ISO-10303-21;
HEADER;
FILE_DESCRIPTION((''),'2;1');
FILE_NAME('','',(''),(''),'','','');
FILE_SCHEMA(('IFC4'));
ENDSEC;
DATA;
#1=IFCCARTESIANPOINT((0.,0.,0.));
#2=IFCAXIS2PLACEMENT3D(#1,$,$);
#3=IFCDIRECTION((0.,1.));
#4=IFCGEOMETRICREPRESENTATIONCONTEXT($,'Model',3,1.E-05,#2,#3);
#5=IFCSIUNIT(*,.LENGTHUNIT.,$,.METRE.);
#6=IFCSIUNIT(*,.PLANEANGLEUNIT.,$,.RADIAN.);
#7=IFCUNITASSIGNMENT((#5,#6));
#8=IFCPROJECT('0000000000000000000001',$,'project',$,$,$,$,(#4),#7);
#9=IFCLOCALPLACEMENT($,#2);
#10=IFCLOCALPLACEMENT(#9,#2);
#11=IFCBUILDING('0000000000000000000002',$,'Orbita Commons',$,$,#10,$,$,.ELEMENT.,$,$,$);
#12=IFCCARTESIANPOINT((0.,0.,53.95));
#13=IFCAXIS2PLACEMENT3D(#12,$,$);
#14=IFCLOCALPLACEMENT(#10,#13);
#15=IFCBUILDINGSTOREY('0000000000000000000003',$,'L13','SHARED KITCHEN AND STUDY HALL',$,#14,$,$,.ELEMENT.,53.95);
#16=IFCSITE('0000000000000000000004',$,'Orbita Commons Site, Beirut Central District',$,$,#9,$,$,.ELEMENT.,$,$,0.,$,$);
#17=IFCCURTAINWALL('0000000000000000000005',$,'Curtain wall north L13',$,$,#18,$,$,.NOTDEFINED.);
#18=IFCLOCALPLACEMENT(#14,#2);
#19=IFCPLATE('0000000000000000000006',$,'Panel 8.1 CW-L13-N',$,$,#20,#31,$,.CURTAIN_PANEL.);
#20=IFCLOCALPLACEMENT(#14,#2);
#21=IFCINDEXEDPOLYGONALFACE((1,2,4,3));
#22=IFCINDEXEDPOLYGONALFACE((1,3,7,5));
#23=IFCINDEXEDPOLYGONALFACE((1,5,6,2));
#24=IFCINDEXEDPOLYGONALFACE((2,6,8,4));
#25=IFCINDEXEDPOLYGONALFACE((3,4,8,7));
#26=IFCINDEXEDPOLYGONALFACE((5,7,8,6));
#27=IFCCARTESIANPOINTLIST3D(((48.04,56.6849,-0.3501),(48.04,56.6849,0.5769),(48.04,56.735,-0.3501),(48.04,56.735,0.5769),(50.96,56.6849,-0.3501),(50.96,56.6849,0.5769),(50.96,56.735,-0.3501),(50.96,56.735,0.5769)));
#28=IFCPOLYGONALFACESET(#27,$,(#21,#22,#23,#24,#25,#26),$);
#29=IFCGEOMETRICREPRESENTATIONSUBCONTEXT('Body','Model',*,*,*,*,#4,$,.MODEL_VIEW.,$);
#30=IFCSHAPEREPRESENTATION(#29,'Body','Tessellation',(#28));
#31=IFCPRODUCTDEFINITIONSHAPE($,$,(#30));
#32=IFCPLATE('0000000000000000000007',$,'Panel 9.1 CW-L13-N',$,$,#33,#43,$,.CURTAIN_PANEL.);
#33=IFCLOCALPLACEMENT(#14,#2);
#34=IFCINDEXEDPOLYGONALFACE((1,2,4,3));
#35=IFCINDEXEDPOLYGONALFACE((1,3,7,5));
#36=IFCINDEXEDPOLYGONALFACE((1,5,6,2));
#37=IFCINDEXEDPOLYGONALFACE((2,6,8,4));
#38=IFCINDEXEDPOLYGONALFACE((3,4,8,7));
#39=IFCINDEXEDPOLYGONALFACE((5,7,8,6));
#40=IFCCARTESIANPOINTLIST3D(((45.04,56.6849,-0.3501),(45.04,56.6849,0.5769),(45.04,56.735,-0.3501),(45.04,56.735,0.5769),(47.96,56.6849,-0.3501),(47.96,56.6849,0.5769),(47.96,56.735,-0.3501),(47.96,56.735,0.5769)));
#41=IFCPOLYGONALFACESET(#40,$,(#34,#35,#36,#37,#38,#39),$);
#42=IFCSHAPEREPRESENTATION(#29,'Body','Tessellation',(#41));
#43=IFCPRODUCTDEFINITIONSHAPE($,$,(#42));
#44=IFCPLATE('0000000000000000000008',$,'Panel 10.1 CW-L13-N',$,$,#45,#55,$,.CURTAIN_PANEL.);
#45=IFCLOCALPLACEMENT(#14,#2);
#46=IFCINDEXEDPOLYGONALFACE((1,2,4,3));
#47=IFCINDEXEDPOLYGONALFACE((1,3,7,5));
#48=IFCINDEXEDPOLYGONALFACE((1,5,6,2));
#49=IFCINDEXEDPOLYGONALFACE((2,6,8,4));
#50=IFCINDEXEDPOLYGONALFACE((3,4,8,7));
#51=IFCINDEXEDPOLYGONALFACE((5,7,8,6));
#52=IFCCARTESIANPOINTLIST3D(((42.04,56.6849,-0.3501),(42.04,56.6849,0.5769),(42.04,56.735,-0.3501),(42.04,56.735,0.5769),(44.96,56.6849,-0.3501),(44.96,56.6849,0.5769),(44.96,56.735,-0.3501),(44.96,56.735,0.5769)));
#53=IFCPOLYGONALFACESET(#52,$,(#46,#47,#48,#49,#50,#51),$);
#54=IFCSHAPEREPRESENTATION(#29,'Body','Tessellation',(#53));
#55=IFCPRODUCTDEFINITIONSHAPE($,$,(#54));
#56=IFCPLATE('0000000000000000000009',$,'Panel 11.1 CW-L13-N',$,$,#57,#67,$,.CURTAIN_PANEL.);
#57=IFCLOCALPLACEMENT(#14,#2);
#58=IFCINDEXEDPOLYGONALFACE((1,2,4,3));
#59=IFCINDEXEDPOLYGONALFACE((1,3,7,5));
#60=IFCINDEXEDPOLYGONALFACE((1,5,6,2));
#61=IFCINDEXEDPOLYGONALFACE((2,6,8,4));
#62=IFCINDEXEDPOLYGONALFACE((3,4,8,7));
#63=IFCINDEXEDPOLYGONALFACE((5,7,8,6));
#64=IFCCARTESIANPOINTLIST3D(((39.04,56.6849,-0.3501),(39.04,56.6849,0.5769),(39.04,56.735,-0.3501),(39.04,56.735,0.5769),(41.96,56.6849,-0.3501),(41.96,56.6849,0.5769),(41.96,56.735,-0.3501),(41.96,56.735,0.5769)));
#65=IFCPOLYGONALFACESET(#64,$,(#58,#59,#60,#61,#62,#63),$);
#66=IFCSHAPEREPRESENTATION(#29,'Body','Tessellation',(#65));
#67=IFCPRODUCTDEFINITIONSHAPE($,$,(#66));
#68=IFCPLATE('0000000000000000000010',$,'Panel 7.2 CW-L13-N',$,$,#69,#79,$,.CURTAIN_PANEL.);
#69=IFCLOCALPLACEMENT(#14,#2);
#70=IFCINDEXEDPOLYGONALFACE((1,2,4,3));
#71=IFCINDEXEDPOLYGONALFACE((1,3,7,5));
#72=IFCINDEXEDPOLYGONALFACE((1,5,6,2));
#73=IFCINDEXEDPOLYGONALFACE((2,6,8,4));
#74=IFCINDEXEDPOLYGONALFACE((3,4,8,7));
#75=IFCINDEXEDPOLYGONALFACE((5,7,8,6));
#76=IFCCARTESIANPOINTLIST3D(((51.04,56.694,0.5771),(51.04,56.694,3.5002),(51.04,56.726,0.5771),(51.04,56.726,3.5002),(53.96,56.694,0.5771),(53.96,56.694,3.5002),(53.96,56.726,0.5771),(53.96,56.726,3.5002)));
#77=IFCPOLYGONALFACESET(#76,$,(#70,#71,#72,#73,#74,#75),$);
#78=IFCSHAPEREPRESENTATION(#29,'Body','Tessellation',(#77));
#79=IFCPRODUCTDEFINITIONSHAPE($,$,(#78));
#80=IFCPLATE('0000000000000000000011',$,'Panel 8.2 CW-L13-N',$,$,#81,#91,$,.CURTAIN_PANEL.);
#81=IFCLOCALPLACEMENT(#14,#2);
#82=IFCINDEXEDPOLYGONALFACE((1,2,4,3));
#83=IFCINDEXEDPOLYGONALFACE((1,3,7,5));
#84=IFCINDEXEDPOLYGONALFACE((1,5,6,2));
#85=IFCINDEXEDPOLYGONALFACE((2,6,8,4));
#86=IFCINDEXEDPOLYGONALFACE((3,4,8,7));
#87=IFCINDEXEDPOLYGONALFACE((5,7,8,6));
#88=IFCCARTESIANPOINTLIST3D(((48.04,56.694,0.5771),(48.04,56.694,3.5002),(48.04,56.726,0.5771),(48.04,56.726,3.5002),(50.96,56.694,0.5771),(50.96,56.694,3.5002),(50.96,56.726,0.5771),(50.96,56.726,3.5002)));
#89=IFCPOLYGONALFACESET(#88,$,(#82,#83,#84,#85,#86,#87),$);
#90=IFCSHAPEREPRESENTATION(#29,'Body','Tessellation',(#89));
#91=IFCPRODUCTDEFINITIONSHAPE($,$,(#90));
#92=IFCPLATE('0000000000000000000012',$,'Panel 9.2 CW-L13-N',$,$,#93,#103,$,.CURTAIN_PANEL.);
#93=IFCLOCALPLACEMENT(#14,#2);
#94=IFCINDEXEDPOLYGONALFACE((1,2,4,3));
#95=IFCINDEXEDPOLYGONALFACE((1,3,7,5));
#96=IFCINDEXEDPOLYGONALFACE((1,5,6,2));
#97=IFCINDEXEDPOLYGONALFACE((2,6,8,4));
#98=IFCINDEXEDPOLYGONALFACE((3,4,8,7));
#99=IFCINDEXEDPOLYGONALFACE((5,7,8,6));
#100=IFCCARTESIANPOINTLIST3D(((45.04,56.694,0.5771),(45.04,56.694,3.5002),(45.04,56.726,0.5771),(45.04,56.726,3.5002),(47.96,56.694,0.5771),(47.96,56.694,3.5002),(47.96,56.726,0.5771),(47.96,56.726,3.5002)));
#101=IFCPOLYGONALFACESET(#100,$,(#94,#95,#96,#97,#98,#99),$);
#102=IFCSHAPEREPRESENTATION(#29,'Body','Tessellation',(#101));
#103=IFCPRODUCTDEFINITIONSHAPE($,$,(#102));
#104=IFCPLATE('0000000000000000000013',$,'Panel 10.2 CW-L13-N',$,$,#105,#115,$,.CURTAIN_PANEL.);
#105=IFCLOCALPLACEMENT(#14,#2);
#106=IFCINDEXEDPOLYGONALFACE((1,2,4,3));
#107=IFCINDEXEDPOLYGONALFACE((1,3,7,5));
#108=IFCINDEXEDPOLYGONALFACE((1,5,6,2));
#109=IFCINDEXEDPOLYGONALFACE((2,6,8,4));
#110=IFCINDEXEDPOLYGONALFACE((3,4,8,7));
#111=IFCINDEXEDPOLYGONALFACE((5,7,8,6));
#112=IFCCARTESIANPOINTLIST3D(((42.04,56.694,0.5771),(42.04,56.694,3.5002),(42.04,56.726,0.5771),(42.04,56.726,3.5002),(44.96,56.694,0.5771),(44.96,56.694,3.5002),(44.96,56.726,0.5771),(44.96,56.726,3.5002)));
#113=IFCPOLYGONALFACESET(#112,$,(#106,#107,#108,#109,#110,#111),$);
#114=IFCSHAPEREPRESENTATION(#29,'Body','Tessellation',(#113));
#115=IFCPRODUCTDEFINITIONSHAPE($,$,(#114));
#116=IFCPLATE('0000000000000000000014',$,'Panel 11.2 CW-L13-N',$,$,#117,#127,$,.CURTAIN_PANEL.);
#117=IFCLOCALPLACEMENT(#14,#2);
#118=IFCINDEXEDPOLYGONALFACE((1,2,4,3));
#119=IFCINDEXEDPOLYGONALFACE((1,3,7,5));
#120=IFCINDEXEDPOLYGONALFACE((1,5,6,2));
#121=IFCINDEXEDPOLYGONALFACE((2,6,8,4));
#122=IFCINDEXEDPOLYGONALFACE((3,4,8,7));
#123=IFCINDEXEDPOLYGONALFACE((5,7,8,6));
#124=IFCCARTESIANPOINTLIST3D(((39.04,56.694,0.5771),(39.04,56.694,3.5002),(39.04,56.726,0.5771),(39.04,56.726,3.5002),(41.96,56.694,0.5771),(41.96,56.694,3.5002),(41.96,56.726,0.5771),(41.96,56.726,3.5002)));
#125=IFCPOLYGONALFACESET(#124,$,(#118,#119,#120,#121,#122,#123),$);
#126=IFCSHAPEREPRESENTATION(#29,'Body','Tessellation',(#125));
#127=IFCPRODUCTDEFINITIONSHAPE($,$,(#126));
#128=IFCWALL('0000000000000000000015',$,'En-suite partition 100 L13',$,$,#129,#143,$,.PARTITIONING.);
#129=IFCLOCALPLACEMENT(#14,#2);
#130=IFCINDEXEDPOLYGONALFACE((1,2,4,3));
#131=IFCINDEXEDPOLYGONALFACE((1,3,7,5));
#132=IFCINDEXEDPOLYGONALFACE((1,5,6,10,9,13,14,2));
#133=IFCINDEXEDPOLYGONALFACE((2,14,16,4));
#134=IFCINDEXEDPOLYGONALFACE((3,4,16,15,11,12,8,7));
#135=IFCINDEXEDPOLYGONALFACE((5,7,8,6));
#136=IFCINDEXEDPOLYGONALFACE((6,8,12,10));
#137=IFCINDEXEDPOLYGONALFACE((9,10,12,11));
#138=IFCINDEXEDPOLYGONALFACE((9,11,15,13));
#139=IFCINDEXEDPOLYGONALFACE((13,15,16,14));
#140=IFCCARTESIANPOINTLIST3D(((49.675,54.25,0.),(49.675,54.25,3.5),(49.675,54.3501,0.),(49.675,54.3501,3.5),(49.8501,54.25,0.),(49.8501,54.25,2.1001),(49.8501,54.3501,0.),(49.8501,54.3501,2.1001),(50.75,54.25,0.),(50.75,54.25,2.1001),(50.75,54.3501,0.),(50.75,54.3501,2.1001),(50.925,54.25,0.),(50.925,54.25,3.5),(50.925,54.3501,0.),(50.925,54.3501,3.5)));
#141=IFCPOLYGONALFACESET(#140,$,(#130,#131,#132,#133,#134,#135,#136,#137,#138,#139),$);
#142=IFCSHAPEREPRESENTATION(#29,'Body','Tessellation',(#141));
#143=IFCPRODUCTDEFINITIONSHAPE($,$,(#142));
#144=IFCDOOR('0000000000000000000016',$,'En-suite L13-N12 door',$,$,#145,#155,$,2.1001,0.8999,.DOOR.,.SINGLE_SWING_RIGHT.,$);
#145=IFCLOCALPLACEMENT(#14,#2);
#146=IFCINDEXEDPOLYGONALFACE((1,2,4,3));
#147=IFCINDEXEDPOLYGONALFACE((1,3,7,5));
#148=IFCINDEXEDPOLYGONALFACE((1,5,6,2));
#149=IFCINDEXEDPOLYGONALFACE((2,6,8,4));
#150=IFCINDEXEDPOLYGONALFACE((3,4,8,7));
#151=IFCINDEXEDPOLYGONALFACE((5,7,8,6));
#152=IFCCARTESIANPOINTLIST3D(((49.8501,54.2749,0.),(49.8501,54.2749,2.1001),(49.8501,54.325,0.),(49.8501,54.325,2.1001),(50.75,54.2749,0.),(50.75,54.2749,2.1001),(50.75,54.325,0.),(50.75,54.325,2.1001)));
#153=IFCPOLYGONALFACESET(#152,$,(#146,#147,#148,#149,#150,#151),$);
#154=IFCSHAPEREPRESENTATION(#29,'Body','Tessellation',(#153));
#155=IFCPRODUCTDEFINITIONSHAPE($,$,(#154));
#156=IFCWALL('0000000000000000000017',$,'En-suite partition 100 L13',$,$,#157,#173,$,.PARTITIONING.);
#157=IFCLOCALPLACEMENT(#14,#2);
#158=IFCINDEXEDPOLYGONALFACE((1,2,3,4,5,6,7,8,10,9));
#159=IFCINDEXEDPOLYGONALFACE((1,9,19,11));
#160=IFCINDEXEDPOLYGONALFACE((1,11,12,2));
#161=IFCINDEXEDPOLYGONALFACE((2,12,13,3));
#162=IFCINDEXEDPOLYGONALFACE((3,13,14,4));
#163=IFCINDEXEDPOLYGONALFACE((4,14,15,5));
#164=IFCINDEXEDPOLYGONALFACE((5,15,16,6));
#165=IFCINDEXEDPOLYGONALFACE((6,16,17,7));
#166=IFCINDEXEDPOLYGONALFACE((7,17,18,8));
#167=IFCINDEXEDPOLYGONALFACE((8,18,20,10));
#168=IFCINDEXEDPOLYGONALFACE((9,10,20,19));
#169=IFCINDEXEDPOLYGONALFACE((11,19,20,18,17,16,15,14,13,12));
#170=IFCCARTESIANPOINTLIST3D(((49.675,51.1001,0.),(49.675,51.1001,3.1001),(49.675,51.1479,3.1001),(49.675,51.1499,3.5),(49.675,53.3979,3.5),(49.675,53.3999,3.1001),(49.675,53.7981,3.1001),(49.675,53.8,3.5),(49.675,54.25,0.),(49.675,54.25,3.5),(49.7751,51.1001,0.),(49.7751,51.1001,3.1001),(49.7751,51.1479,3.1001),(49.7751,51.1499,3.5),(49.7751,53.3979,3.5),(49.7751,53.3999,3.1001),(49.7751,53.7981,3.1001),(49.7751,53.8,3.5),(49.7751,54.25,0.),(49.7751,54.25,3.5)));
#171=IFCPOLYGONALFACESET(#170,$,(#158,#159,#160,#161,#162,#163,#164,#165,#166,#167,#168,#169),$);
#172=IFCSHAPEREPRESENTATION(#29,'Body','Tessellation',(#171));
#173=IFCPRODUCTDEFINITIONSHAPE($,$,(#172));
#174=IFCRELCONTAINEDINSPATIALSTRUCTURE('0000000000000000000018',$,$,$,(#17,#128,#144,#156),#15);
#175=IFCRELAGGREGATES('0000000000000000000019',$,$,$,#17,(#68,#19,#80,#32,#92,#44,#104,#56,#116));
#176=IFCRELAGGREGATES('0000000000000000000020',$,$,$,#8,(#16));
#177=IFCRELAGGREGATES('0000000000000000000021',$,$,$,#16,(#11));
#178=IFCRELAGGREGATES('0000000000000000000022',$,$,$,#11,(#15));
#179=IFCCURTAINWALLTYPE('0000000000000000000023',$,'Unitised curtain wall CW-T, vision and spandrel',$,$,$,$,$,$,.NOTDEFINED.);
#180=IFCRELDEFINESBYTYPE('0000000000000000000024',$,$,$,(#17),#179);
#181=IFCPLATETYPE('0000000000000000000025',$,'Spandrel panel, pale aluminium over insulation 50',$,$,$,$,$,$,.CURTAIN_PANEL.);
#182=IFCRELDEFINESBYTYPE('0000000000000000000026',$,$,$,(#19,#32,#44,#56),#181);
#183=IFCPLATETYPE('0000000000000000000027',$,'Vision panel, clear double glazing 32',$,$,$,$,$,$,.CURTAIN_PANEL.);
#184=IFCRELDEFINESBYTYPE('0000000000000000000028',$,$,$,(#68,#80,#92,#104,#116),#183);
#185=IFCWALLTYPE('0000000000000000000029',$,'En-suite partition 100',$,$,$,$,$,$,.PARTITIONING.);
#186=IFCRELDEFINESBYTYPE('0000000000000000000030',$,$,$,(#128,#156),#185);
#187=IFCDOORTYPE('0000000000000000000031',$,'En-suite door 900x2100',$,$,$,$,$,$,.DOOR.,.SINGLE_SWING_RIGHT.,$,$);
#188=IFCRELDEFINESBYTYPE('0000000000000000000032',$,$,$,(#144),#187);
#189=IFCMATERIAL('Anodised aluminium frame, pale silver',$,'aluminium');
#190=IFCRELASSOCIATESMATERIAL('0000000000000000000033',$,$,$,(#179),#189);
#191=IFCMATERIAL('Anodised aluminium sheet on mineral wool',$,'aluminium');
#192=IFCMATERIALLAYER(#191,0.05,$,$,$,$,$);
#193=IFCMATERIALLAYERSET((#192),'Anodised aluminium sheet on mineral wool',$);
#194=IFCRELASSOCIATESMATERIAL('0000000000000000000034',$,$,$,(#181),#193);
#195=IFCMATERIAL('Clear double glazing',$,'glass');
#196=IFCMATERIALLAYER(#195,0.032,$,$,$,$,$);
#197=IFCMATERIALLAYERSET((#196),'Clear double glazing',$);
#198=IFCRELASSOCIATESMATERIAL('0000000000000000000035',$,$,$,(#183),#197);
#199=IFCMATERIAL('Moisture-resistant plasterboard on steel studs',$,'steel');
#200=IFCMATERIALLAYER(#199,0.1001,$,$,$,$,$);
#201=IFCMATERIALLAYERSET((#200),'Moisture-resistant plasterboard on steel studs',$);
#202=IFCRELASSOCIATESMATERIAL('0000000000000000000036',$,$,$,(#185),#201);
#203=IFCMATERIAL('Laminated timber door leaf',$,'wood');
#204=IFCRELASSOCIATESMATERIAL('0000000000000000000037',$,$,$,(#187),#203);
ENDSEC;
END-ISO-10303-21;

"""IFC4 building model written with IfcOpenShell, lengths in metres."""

from ifc_helpers import new_model, si_unit, direction, frame, frame_2d, origin, origin_2d, place, context, subcontext, project, spatial, polyline, rectangle, outline, extrude, material, layer, layer_set, type_object, element, fill, aggregate, save


model = new_model("IFC4")

# Units and contexts
model_context = context("Model", 3, precision=1e-05, world=origin(), true_north=direction((0.0, 1.0)))
body_context = subcontext(model_context, "Body", "Model", "MODEL_VIEW")
ifc_project = project(units=[si_unit("LENGTHUNIT", "METRE"), si_unit("PLANEANGLEUNIT", "RADIAN")], contexts=[model_context])

# Site, building, storey
site_placement = place(None, origin())
site = spatial("IfcSite", under=ifc_project, at=site_placement, Name="Orbita Commons Site, Beirut Central District", CompositionType="ELEMENT", RefElevation=0.0)
building_placement = place(site_placement, origin())
building = spatial("IfcBuilding", under=site, at=building_placement, Name="Orbita Commons", CompositionType="ELEMENT")
storey_placement = place(building_placement, frame((0.0, 0.0, 53.95)))
storey = spatial("IfcBuildingStorey", under=building, at=storey_placement, Name="L13", Description="SHARED KITCHEN AND STUDY HALL", CompositionType="ELEMENT", Elevation=53.95)

# Curtain wall, plates
ifc_material_1 = material(Name="Anodised aluminium frame, pale silver", Category="aluminium")
curtain_wall_type = type_object("IfcCurtainWallType", Name="Unitised curtain wall CW-T, vision and spandrel", PredefinedType="NOTDEFINED", material=ifc_material_1)
curtain_wall_placement = place(storey_placement, origin())
curtain_wall = element("IfcCurtainWall", 1, at=curtain_wall_placement, inside=storey, type_object=curtain_wall_type, Name="Curtain wall north L13", PredefinedType="NOTDEFINED")
ifc_material_2 = material(Name="Anodised aluminium sheet on mineral wool", Category="aluminium")
ifc_layer_1 = layer(ifc_material_2, 0.05)
ifc_layer_set_1 = layer_set([ifc_layer_1], Name="Anodised aluminium sheet on mineral wool")
plate_type_1 = type_object("IfcPlateType", Name="Spandrel panel, pale aluminium over insulation 50", PredefinedType="CURTAIN_PANEL", material=ifc_layer_set_1)
plate_1_placement = place(storey_placement, frame((49.5, 56.71, -0.3501), z_axis=(0.0, 0.0, 1.0), x_axis=(-1.0, 0.0, 0.0)))
plate_1 = element("IfcPlate", 2, at=plate_1_placement, type_object=plate_type_1, Name="Panel 8.1 CW-L13-N", PredefinedType="CURTAIN_PANEL", context=body_context, shape_type="SweptSolid", body=[
    extrude(rectangle(XDim=2.9199, YDim=0.05, at=origin_2d()), origin(), (0.0, 0.0, 1.0), 0.927),
])
plate_2_placement = place(storey_placement, frame((46.5, 56.71, -0.3501), z_axis=(0.0, 0.0, 1.0), x_axis=(-1.0, 0.0, 0.0)))
plate_2 = element("IfcPlate", 3, at=plate_2_placement, type_object=plate_type_1, Name="Panel 9.1 CW-L13-N", PredefinedType="CURTAIN_PANEL", context=body_context, shape_type="SweptSolid", body=[
    extrude(rectangle(XDim=2.9199, YDim=0.05, at=origin_2d()), origin(), (0.0, 0.0, 1.0), 0.927),
])
plate_3_placement = place(storey_placement, frame((43.5, 56.71, -0.3501), z_axis=(0.0, 0.0, 1.0), x_axis=(-1.0, 0.0, 0.0)))
plate_3 = element("IfcPlate", 4, at=plate_3_placement, type_object=plate_type_1, Name="Panel 10.1 CW-L13-N", PredefinedType="CURTAIN_PANEL", context=body_context, shape_type="SweptSolid", body=[
    extrude(rectangle(XDim=2.9199, YDim=0.05, at=origin_2d()), origin(), (0.0, 0.0, 1.0), 0.927),
])
plate_4_placement = place(storey_placement, frame((40.5, 56.71, -0.3501), z_axis=(0.0, 0.0, 1.0), x_axis=(-1.0, 0.0, 0.0)))
plate_4 = element("IfcPlate", 5, at=plate_4_placement, type_object=plate_type_1, Name="Panel 11.1 CW-L13-N", PredefinedType="CURTAIN_PANEL", context=body_context, shape_type="SweptSolid", body=[
    extrude(rectangle(XDim=2.9199, YDim=0.05, at=origin_2d()), origin(), (0.0, 0.0, 1.0), 0.927),
])
ifc_material_3 = material(Name="Clear double glazing", Category="glass")
ifc_layer_2 = layer(ifc_material_3, 0.032)
ifc_layer_set_2 = layer_set([ifc_layer_2], Name="Clear double glazing")
plate_type_2 = type_object("IfcPlateType", Name="Vision panel, clear double glazing 32", PredefinedType="CURTAIN_PANEL", material=ifc_layer_set_2)
plate_5_placement = place(storey_placement, frame((52.5, 56.71, 0.5771), z_axis=(0.0, 0.0, 1.0), x_axis=(-1.0, 0.0, 0.0)))
plate_5 = element("IfcPlate", 6, at=plate_5_placement, type_object=plate_type_2, Name="Panel 7.2 CW-L13-N", PredefinedType="CURTAIN_PANEL", context=body_context, shape_type="SweptSolid", body=[
    extrude(rectangle(XDim=2.9199, YDim=0.032, at=origin_2d()), origin(), (0.0, 0.0, 1.0), 2.9231),
])
plate_6_placement = place(storey_placement, frame((49.5, 56.71, 0.5771), z_axis=(0.0, 0.0, 1.0), x_axis=(-1.0, 0.0, 0.0)))
plate_6 = element("IfcPlate", 7, at=plate_6_placement, type_object=plate_type_2, Name="Panel 8.2 CW-L13-N", PredefinedType="CURTAIN_PANEL", context=body_context, shape_type="SweptSolid", body=[
    extrude(rectangle(XDim=2.9199, YDim=0.032, at=origin_2d()), origin(), (0.0, 0.0, 1.0), 2.9231),
])
plate_7_placement = place(storey_placement, frame((46.5, 56.71, 0.5771), z_axis=(0.0, 0.0, 1.0), x_axis=(-1.0, 0.0, 0.0)))
plate_7 = element("IfcPlate", 8, at=plate_7_placement, type_object=plate_type_2, Name="Panel 9.2 CW-L13-N", PredefinedType="CURTAIN_PANEL", context=body_context, shape_type="SweptSolid", body=[
    extrude(rectangle(XDim=2.9199, YDim=0.032, at=origin_2d()), origin(), (0.0, 0.0, 1.0), 2.9231),
])
plate_8_placement = place(storey_placement, frame((43.5, 56.71, 0.5771), z_axis=(0.0, 0.0, 1.0), x_axis=(-1.0, 0.0, 0.0)))
plate_8 = element("IfcPlate", 9, at=plate_8_placement, type_object=plate_type_2, Name="Panel 10.2 CW-L13-N", PredefinedType="CURTAIN_PANEL", context=body_context, shape_type="SweptSolid", body=[
    extrude(rectangle(XDim=2.9199, YDim=0.032, at=origin_2d()), origin(), (0.0, 0.0, 1.0), 2.9231),
])
plate_9_placement = place(storey_placement, frame((40.5, 56.71, 0.5771), z_axis=(0.0, 0.0, 1.0), x_axis=(-1.0, 0.0, 0.0)))
plate_9 = element("IfcPlate", 10, at=plate_9_placement, type_object=plate_type_2, Name="Panel 11.2 CW-L13-N", PredefinedType="CURTAIN_PANEL", context=body_context, shape_type="SweptSolid", body=[
    extrude(rectangle(XDim=2.9199, YDim=0.032, at=origin_2d()), origin(), (0.0, 0.0, 1.0), 2.9231),
])
aggregate(curtain_wall, [plate_5, plate_1, plate_6, plate_2, plate_7, plate_3, plate_8, plate_4, plate_9])

# Wall, opening, door
ifc_material_4 = material(Name="Moisture-resistant plasterboard on steel studs", Category="steel")
ifc_layer_3 = layer(ifc_material_4, 0.1001)
ifc_layer_set_3 = layer_set([ifc_layer_3], Name="Moisture-resistant plasterboard on steel studs")
wall_type_1 = type_object("IfcWallType", Name="En-suite partition 100", PredefinedType="PARTITIONING", material=ifc_layer_set_3)
wall_1_placement = place(storey_placement, frame((49.675, 54.3, 0.0), z_axis=(0.0, 0.0, 1.0), x_axis=(1.0, 0.0, 0.0)))
wall_1 = element("IfcWall", 11, at=wall_1_placement, inside=storey, type_object=wall_type_1, Name="En-suite partition 100 L13", PredefinedType="PARTITIONING", context=body_context, shape_type="SweptSolid", body=[
    extrude(rectangle(XDim=1.25, YDim=0.1001, at=frame_2d((0.625, 0.0))), origin(), (0.0, 0.0, 1.0), 3.5),
])
opening_1_placement = place(wall_1_placement, frame((0.175, 0.0, 0.0)))
opening_1 = element("IfcOpeningElement", 12, at=opening_1_placement, cuts=wall_1, PredefinedType="OPENING", context=body_context, shape_type="SweptSolid", body=[
    extrude(rectangle(XDim=0.8999, YDim=2.1001, at=frame_2d((0.45, 1.05))), frame((0.0, 0.0601, 0.0), z_axis=(0.0, -1.0, 0.0), x_axis=(1.0, 0.0, 0.0)), (0.0, 0.0, 1.0), 0.1201),
])
ifc_material_5 = material(Name="Laminated timber door leaf", Category="wood")
door_type = type_object("IfcDoorType", Name="En-suite door 900x2100", OperationType="SINGLE_SWING_RIGHT", PredefinedType="DOOR", material=ifc_material_5)
door_1_placement = place(opening_1_placement, origin())
door_1 = element("IfcDoor", 13, at=door_1_placement, inside=storey, type_object=door_type, Name="En-suite L13-N12 door", OperationType="SINGLE_SWING_RIGHT", OverallHeight=2.1001, OverallWidth=0.8999, PredefinedType="DOOR", context=body_context, shape_type="SweptSolid", body=[
    extrude(rectangle(XDim=0.8999, YDim=2.1001, at=frame_2d((0.45, 1.05))), frame((0.0, 0.0249, 0.0), z_axis=(0.0, -1.0, 0.0), x_axis=(1.0, 0.0, 0.0)), (0.0, 0.0, 1.0), 0.05),
])
fill(opening_1, door_1)

# Wall
wall_2_placement = place(storey_placement, frame((49.7251, 54.25, 0.0), z_axis=(0.0, 0.0, 1.0), x_axis=(0.0, -1.0, 0.0)))
element("IfcWall", 14, at=wall_2_placement, inside=storey, type_object=wall_type_1, Name="En-suite partition 100 L13", PredefinedType="PARTITIONING", context=body_context, shape_type="SweptSolid", body=[
    extrude(outline(polyline([(0.0, 0.0), (3.1499, 0.0), (3.1499, 3.1001), (3.1021, 3.1001), (3.1001, 3.5), (0.8521, 3.5), (0.8501, 3.1001), (0.4519, 3.1001), (0.45, 3.5), (0.0, 3.5), (0.0, 0.0)])), frame((0.0, 0.05, 0.0), z_axis=(0.0, -1.0, 0.0), x_axis=(1.0, 0.0, 0.0)), (0.0, 0.0, 1.0), 0.1001),
])

save(model, "model.ifc")
